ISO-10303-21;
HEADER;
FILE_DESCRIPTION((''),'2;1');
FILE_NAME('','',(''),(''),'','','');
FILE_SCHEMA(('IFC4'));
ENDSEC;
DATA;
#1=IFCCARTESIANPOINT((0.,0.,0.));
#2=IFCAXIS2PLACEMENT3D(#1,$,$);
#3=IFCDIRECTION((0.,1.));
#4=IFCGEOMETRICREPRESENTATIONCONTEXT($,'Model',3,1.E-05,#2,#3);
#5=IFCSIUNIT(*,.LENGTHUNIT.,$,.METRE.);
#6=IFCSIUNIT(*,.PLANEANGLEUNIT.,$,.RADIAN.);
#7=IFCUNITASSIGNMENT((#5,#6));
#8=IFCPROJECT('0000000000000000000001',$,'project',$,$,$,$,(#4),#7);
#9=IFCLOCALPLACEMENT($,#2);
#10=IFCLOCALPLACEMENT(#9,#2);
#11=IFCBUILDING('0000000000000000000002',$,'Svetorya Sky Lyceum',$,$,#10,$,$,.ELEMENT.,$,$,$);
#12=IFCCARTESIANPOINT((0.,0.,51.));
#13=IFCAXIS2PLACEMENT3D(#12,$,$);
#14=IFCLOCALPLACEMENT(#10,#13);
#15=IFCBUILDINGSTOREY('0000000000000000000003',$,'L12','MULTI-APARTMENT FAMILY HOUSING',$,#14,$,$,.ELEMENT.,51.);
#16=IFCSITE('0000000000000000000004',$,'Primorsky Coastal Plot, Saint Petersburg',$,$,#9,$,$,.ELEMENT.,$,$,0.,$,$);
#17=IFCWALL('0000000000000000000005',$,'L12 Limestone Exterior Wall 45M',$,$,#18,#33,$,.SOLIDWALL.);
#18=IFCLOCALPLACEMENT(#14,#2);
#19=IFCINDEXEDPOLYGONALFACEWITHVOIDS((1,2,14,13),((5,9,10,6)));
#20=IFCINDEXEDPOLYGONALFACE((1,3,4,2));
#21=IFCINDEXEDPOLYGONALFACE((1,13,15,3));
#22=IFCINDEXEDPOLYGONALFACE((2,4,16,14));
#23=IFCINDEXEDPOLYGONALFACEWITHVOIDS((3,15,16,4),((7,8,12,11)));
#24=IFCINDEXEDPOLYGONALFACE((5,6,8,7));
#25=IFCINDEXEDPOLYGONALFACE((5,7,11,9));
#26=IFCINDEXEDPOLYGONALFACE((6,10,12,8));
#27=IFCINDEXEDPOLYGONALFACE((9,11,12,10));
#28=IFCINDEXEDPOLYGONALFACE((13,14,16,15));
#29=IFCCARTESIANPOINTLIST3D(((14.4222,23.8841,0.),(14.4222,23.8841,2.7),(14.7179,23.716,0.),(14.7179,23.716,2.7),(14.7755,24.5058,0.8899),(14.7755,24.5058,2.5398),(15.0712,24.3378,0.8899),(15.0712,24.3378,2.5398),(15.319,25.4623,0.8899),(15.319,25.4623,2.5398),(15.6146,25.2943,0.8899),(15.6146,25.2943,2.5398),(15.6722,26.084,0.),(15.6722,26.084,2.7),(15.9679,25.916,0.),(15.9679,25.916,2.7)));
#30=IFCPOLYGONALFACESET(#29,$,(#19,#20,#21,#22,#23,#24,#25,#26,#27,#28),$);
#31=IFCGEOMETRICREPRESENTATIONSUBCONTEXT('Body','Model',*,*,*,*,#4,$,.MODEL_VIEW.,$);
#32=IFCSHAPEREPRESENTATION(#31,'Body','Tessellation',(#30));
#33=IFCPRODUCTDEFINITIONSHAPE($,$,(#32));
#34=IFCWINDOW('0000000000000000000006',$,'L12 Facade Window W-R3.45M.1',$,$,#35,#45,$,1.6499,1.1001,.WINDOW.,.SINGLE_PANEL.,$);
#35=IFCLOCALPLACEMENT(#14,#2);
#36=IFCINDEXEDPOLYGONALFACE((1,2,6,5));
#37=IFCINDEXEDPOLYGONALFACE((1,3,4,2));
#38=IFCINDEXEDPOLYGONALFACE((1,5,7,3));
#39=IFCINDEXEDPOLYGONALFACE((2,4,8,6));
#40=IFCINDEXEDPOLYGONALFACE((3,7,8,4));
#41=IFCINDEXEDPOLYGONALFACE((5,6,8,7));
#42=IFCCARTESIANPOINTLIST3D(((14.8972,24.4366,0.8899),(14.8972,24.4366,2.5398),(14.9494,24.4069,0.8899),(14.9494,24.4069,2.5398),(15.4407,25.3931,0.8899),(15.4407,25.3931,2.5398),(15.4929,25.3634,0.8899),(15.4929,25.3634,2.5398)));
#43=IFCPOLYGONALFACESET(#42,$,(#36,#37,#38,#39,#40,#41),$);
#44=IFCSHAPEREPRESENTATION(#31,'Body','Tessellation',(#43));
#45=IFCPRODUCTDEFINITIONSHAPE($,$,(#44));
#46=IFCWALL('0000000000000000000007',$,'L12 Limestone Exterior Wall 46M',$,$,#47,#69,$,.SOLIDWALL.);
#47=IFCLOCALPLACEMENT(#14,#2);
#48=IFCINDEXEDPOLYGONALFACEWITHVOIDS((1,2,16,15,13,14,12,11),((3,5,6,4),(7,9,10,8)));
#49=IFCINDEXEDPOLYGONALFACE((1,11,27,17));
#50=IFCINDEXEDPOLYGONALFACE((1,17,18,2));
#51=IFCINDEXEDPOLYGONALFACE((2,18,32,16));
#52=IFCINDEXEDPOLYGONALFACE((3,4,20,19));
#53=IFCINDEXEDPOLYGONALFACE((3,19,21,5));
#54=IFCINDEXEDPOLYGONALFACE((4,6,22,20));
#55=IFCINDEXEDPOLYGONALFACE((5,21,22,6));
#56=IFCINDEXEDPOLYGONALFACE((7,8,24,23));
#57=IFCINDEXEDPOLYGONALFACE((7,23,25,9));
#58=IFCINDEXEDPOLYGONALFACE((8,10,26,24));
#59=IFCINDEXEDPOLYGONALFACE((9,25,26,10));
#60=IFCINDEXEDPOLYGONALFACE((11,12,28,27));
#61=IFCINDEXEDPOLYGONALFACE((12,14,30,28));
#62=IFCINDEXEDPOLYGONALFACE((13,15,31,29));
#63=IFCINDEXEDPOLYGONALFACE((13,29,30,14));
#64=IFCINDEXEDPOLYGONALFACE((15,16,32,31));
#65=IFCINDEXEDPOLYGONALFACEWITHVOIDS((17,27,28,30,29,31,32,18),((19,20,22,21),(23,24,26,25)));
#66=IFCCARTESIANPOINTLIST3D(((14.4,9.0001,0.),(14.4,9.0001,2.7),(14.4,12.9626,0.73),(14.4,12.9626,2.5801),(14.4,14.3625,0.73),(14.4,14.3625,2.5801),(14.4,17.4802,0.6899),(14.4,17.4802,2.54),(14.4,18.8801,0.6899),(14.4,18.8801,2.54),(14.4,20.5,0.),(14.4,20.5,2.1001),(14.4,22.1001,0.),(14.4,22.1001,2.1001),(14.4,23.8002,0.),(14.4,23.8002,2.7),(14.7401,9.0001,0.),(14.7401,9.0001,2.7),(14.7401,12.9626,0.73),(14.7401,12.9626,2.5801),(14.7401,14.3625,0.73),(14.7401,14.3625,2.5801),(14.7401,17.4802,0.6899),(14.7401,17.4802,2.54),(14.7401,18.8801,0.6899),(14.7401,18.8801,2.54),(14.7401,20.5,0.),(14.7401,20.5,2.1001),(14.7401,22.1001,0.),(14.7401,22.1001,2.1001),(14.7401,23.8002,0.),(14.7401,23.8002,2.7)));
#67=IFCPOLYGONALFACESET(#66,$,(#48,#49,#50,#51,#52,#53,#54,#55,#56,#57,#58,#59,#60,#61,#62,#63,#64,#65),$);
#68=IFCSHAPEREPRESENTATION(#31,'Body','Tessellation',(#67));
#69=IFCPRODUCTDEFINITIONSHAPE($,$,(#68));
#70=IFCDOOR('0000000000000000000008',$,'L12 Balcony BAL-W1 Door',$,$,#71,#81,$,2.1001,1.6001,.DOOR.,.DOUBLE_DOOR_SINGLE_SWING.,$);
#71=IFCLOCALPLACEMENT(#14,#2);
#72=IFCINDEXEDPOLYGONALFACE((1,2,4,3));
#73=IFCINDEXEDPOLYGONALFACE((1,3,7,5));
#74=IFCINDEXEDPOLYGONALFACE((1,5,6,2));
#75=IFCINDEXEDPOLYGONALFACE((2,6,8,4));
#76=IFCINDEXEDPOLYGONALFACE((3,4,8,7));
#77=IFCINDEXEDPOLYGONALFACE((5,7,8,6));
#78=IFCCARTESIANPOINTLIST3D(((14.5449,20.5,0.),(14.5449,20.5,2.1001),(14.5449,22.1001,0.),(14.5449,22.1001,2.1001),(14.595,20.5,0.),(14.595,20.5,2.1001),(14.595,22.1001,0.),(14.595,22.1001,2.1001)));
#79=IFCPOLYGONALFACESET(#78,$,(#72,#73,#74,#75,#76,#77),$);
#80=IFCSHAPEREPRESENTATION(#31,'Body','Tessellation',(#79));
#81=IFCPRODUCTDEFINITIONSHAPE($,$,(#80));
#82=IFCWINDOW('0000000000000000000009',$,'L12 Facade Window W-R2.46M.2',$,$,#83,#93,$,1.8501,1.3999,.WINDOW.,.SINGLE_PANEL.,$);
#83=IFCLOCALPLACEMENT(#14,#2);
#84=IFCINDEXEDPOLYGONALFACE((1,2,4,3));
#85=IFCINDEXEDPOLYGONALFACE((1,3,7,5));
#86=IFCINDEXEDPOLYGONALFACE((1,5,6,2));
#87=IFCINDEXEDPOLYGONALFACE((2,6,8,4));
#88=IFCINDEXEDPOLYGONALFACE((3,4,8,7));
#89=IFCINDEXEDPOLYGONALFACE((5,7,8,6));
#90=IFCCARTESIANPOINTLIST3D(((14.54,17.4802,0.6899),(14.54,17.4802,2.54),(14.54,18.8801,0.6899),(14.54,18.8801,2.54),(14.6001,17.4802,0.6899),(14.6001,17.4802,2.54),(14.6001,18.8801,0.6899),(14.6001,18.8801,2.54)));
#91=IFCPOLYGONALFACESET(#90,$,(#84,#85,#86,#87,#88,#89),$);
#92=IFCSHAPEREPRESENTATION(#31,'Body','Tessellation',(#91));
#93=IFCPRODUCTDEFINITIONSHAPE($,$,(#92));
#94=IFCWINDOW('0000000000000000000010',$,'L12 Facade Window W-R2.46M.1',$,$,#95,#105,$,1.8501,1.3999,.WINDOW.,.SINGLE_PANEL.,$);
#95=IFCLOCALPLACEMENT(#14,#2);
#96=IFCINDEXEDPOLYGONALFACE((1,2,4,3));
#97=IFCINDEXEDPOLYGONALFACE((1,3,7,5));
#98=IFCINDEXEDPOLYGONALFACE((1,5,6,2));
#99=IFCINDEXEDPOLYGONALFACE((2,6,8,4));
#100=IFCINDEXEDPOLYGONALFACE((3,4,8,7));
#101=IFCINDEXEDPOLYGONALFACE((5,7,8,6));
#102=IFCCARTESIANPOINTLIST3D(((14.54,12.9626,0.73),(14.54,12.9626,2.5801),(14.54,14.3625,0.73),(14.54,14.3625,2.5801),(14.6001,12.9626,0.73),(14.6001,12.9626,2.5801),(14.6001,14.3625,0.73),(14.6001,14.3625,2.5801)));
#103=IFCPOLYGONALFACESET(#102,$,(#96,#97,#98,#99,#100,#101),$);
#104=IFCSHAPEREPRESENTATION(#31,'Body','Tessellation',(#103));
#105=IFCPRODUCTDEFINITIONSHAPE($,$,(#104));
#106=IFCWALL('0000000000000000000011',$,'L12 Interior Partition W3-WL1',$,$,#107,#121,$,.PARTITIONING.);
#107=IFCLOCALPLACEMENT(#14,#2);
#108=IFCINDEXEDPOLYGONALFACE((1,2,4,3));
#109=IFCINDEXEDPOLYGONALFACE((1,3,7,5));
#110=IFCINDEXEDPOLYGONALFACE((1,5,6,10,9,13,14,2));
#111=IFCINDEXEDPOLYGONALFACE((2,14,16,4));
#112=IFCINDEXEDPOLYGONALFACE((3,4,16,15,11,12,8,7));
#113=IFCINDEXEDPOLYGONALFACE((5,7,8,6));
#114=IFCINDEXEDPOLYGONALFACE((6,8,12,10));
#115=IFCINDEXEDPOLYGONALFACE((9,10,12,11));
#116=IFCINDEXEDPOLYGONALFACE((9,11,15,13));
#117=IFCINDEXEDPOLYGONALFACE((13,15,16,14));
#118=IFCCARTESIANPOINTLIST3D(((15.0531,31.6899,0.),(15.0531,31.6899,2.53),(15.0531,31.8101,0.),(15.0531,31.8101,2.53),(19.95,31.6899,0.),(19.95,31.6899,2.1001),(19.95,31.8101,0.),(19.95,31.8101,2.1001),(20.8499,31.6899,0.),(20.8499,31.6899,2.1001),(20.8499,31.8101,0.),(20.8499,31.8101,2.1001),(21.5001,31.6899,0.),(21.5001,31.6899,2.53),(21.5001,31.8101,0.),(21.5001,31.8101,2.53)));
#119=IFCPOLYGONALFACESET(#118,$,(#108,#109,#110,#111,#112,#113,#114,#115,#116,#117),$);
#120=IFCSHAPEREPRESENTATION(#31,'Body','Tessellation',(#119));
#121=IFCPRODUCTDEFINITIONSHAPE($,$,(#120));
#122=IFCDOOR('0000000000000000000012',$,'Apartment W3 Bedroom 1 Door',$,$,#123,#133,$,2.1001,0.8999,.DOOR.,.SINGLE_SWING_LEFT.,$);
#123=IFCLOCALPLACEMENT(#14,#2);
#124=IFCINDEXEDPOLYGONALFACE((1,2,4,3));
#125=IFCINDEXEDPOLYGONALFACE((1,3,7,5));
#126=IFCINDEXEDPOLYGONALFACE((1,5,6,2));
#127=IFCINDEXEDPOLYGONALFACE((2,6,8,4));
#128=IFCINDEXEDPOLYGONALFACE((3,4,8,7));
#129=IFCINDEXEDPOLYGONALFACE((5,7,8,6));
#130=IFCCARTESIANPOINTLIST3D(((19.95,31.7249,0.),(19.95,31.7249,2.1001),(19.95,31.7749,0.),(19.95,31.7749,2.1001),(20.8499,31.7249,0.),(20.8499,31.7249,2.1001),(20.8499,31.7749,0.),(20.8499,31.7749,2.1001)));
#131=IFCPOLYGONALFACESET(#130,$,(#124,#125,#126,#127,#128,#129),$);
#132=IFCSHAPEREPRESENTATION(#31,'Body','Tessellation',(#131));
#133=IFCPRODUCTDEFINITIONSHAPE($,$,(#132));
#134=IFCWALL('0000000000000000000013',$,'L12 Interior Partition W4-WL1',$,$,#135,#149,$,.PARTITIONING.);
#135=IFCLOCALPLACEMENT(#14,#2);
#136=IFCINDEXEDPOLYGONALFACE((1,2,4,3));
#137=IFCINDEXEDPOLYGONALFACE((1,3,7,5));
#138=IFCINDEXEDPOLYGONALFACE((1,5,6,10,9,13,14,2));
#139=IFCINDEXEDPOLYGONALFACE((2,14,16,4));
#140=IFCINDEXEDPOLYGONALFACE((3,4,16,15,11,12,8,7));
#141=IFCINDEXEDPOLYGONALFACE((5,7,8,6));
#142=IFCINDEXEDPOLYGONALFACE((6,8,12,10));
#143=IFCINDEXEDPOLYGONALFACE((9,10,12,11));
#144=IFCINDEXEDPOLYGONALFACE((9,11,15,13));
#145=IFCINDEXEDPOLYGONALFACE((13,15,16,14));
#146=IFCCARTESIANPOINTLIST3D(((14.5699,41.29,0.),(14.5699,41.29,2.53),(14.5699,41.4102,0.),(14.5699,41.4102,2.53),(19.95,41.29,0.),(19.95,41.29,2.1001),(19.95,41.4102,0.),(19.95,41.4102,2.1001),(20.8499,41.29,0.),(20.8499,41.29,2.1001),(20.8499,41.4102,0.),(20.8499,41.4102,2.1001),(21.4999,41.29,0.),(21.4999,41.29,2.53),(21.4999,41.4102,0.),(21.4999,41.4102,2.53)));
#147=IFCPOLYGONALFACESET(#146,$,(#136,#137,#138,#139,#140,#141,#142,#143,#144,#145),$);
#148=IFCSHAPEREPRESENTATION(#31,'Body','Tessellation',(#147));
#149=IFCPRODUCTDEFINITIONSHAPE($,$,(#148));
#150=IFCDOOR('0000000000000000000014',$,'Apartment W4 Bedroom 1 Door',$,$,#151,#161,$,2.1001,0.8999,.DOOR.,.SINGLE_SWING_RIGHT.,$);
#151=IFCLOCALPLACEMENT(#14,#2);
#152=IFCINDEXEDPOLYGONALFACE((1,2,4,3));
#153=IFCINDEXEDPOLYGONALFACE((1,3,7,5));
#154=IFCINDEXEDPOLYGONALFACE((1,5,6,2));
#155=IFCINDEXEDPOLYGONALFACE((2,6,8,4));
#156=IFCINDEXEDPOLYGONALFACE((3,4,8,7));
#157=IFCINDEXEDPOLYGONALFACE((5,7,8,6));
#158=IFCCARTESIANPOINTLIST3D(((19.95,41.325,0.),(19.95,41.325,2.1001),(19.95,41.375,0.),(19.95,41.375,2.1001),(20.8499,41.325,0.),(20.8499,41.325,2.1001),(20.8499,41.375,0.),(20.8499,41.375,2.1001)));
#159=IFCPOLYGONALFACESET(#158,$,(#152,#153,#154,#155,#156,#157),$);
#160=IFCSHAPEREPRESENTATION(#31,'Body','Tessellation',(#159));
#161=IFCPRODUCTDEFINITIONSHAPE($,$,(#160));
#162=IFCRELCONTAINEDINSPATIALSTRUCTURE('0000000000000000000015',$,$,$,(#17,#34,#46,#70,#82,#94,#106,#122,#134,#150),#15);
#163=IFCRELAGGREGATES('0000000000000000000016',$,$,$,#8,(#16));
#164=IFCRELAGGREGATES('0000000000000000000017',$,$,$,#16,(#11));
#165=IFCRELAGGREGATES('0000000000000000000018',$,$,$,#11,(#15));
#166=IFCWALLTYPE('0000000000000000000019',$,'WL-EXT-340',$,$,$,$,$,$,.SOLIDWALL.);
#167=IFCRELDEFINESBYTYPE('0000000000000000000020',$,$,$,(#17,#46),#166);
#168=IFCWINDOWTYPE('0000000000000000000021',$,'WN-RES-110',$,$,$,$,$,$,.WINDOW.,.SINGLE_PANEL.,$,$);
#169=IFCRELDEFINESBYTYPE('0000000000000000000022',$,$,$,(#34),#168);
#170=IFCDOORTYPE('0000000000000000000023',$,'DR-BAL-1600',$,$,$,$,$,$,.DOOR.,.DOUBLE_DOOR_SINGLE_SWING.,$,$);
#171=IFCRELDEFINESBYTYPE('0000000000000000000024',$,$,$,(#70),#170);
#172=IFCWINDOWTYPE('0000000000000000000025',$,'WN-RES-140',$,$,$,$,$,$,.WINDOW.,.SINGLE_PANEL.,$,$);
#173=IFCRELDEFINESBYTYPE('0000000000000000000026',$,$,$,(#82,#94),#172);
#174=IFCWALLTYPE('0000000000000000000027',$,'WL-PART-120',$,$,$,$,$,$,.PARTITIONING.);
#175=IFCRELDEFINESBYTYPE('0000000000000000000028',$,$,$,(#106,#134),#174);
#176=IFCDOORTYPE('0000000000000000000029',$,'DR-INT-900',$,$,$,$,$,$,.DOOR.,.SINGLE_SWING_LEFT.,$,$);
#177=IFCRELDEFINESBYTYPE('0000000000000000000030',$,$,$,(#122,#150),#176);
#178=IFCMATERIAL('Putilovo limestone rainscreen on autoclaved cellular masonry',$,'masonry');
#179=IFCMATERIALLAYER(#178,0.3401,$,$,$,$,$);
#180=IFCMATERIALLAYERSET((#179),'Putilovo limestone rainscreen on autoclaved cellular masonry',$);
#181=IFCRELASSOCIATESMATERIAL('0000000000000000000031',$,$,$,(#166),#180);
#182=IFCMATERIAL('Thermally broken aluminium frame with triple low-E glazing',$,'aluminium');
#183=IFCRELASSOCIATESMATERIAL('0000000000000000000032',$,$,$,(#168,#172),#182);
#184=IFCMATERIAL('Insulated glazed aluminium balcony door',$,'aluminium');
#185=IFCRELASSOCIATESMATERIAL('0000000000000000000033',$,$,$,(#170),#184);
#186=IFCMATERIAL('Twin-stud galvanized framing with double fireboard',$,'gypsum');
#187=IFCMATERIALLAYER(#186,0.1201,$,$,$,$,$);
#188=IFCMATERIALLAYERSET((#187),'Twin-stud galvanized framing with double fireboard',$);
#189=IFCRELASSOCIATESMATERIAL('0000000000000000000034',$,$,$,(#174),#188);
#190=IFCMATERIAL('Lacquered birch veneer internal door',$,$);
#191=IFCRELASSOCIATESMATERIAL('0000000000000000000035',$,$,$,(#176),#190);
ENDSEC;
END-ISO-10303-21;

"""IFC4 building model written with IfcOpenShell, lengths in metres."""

from ifc_helpers import new_model, si_unit, direction, frame, frame_2d, origin, place, context, subcontext, project, spatial, rectangle, extrude, material, layer, layer_set, type_object, element, fill, save


model = new_model("IFC4")

# Units and contexts
model_context = context("Model", 3, precision=1e-05, world=origin(), true_north=direction((0.0, 1.0)))
body_context = subcontext(model_context, "Body", "Model", "MODEL_VIEW")
ifc_project = project(units=[si_unit("LENGTHUNIT", "METRE"), si_unit("PLANEANGLEUNIT", "RADIAN")], contexts=[model_context])

# Site, building, storey
site_placement = place(None, origin())
site = spatial("IfcSite", under=ifc_project, at=site_placement, Name="Primorsky Coastal Plot, Saint Petersburg", CompositionType="ELEMENT", RefElevation=0.0)
building_placement = place(site_placement, origin())
building = spatial("IfcBuilding", under=site, at=building_placement, Name="Svetorya Sky Lyceum", CompositionType="ELEMENT")
storey_placement = place(building_placement, frame((0.0, 0.0, 51.0)))
storey = spatial("IfcBuildingStorey", under=building, at=storey_placement, Name="L12", Description="MULTI-APARTMENT FAMILY HOUSING", CompositionType="ELEMENT", Elevation=51.0)

# Shared definitions
ifc_material_1 = material(Name="Putilovo limestone rainscreen on autoclaved cellular masonry", Category="masonry")
ifc_layer_1 = layer(ifc_material_1, 0.3401)
ifc_layer_set_1 = layer_set([ifc_layer_1], Name="Putilovo limestone rainscreen on autoclaved cellular masonry")
wall_type_1 = type_object("IfcWallType", Name="WL-EXT-340", PredefinedType="SOLIDWALL", material=ifc_layer_set_1)
ifc_material_2 = material(Name="Thermally broken aluminium frame with triple low-E glazing", Category="aluminium")

# Wall, opening, window
wall_1_placement = place(storey_placement, frame((15.8201, 26.0, 0.0), z_axis=(0.0, 0.0, 1.0), x_axis=(-0.494018, -0.869452, 0.0)))
wall_1 = element("IfcWall", 1, at=wall_1_placement, inside=storey, type_object=wall_type_1, Name="L12 Limestone Exterior Wall 45M", PredefinedType="SOLIDWALL", context=body_context, shape_type="SweptSolid", body=[
    extrude(rectangle(XDim=2.5303, YDim=0.3401, at=frame_2d((1.2651, 0.0))), origin(), (0.0, 0.0, 1.0), 2.7),
])
opening_1_placement = place(wall_1_placement, frame((0.7151, 0.0, 0.8899)))
opening_1 = element("IfcOpeningElement", 2, at=opening_1_placement, cuts=wall_1, PredefinedType="OPENING", context=body_context, shape_type="SweptSolid", body=[
    extrude(rectangle(XDim=1.1001, YDim=1.6499, at=frame_2d((0.55, 0.825))), frame((0.0, 0.1799, 0.0), z_axis=(0.0, -1.0, 0.0), x_axis=(1.0, 0.0, 0.0)), (0.0, 0.0, 1.0), 0.3601),
])
window_type_1 = type_object("IfcWindowType", Name="WN-RES-110", PartitioningType="SINGLE_PANEL", PredefinedType="WINDOW", material=ifc_material_2)
window_1_placement = place(opening_1_placement, origin())
window_1 = element("IfcWindow", 3, at=window_1_placement, inside=storey, type_object=window_type_1, Name="L12 Facade Window W-R3.45M.1", OverallHeight=1.6499, OverallWidth=1.1001, PartitioningType="SINGLE_PANEL", PredefinedType="WINDOW", context=body_context, shape_type="SweptSolid", body=[
    extrude(rectangle(XDim=1.1001, YDim=1.6499, at=frame_2d((0.55, 0.825))), frame((0.0, 0.03, 0.0), z_axis=(0.0, -1.0, 0.0), x_axis=(1.0, 0.0, 0.0)), (0.0, 0.0, 1.0), 0.0601),
])
fill(opening_1, window_1)

# Wall, openings, door, windows
wall_2_placement = place(storey_placement, frame((14.5701, 23.8, 0.0), z_axis=(0.0, 0.0, 1.0), x_axis=(0.0, -1.0, 0.0)))
wall_2 = element("IfcWall", 4, at=wall_2_placement, inside=storey, type_object=wall_type_1, Name="L12 Limestone Exterior Wall 46M", PredefinedType="SOLIDWALL", context=body_context, shape_type="SweptSolid", body=[
    extrude(rectangle(XDim=14.8, YDim=0.3401, at=frame_2d((7.3999, 0.0))), origin(), (0.0, 0.0, 1.0), 2.7),
])
opening_2_placement = place(wall_2_placement, frame((1.7, 0.0, 0.0)))
opening_2 = element("IfcOpeningElement", 5, at=opening_2_placement, cuts=wall_2, PredefinedType="OPENING", context=body_context, shape_type="SweptSolid", body=[
    extrude(rectangle(XDim=1.6001, YDim=2.1001, at=frame_2d((0.8, 1.05))), frame((0.0, 0.1799, 0.0), z_axis=(0.0, -1.0, 0.0), x_axis=(1.0, 0.0, 0.0)), (0.0, 0.0, 1.0), 0.3601),
])
opening_3_placement = place(wall_2_placement, frame((4.9199, 0.0, 0.6899)))
opening_3 = element("IfcOpeningElement", 6, at=opening_3_placement, cuts=wall_2, PredefinedType="OPENING", context=body_context, shape_type="SweptSolid", body=[
    extrude(rectangle(XDim=1.3999, YDim=1.8501, at=frame_2d((0.7, 0.925))), frame((0.0, 0.1799, 0.0), z_axis=(0.0, -1.0, 0.0), x_axis=(1.0, 0.0, 0.0)), (0.0, 0.0, 1.0), 0.3601),
])
opening_4_placement = place(wall_2_placement, frame((9.4375, 0.0, 0.73)))
opening_4 = element("IfcOpeningElement", 7, at=opening_4_placement, cuts=wall_2, PredefinedType="OPENING", context=body_context, shape_type="SweptSolid", body=[
    extrude(rectangle(XDim=1.3999, YDim=1.8501, at=frame_2d((0.7, 0.925))), frame((0.0, 0.1799, 0.0), z_axis=(0.0, -1.0, 0.0), x_axis=(1.0, 0.0, 0.0)), (0.0, 0.0, 1.0), 0.3601),
])
ifc_material_3 = material(Name="Insulated glazed aluminium balcony door", Category="aluminium")
door_type_1 = type_object("IfcDoorType", Name="DR-BAL-1600", OperationType="DOUBLE_DOOR_SINGLE_SWING", PredefinedType="DOOR", material=ifc_material_3)
door_1_placement = place(opening_2_placement, origin())
door_1 = element("IfcDoor", 8, at=door_1_placement, inside=storey, type_object=door_type_1, Name="L12 Balcony BAL-W1 Door", OperationType="DOUBLE_DOOR_SINGLE_SWING", OverallHeight=2.1001, OverallWidth=1.6001, PredefinedType="DOOR", context=body_context, shape_type="SweptSolid", body=[
    extrude(rectangle(XDim=1.6001, YDim=2.1001, at=frame_2d((0.8, 1.05))), frame((0.0, 0.0249, 0.0), z_axis=(0.0, -1.0, 0.0), x_axis=(1.0, 0.0, 0.0)), (0.0, 0.0, 1.0), 0.05),
])
fill(opening_2, door_1)
window_type_2 = type_object("IfcWindowType", Name="WN-RES-140", PartitioningType="SINGLE_PANEL", PredefinedType="WINDOW", material=ifc_material_2)
window_2_placement = place(opening_3_placement, origin())
window_2 = element("IfcWindow", 9, at=window_2_placement, inside=storey, type_object=window_type_2, Name="L12 Facade Window W-R2.46M.2", OverallHeight=1.8501, OverallWidth=1.3999, PartitioningType="SINGLE_PANEL", PredefinedType="WINDOW", context=body_context, shape_type="SweptSolid", body=[
    extrude(rectangle(XDim=1.3999, YDim=1.8501, at=frame_2d((0.7, 0.925))), frame((0.0, 0.03, 0.0), z_axis=(0.0, -1.0, 0.0), x_axis=(1.0, 0.0, 0.0)), (0.0, 0.0, 1.0), 0.0601),
])
fill(opening_3, window_2)
window_3_placement = place(opening_4_placement, origin())
window_3 = element("IfcWindow", 10, at=window_3_placement, inside=storey, type_object=window_type_2, Name="L12 Facade Window W-R2.46M.1", OverallHeight=1.8501, OverallWidth=1.3999, PartitioningType="SINGLE_PANEL", PredefinedType="WINDOW", context=body_context, shape_type="SweptSolid", body=[
    extrude(rectangle(XDim=1.3999, YDim=1.8501, at=frame_2d((0.7, 0.925))), frame((0.0, 0.03, 0.0), z_axis=(0.0, -1.0, 0.0), x_axis=(1.0, 0.0, 0.0)), (0.0, 0.0, 1.0), 0.0601),
])
fill(opening_4, window_3)

# Walls, openings, doors
ifc_material_4 = material(Name="Twin-stud galvanized framing with double fireboard", Category="gypsum")
ifc_layer_2 = layer(ifc_material_4, 0.1201)
ifc_layer_set_2 = layer_set([ifc_layer_2], Name="Twin-stud galvanized framing with double fireboard")
wall_type_2 = type_object("IfcWallType", Name="WL-PART-120", PredefinedType="PARTITIONING", material=ifc_layer_set_2)
wall_3_placement = place(storey_placement, frame((15.053, 31.75, 0.0), z_axis=(0.0, 0.0, 1.0), x_axis=(1.0, 0.0, 0.0)))
wall_3 = element("IfcWall", 11, at=wall_3_placement, inside=storey, type_object=wall_type_2, Name="L12 Interior Partition W3-WL1", PredefinedType="PARTITIONING", context=body_context, shape_type="SweptSolid", body=[
    extrude(rectangle(XDim=6.447, YDim=0.1201, at=frame_2d((3.2236, 0.0))), origin(), (0.0, 0.0, 1.0), 2.53),
])
opening_5_placement = place(wall_3_placement, frame((4.897, 0.0, 0.0)))
opening_5 = element("IfcOpeningElement", 12, at=opening_5_placement, cuts=wall_3, PredefinedType="OPENING", context=body_context, shape_type="SweptSolid", body=[
    extrude(rectangle(XDim=0.8999, YDim=2.1001, at=frame_2d((0.45, 1.05))), frame((0.0, 0.0701, 0.0), z_axis=(0.0, -1.0, 0.0), x_axis=(1.0, 0.0, 0.0)), (0.0, 0.0, 1.0), 0.1401),
])
ifc_material_5 = material(Name="Lacquered birch veneer internal door")
door_type_2 = type_object("IfcDoorType", Name="DR-INT-900", OperationType="SINGLE_SWING_LEFT", PredefinedType="DOOR", material=ifc_material_5)
door_2_placement = place(opening_5_placement, origin())
door_2 = element("IfcDoor", 13, at=door_2_placement, inside=storey, type_object=door_type_2, Name="Apartment W3 Bedroom 1 Door", OperationType="SINGLE_SWING_LEFT", OverallHeight=2.1001, OverallWidth=0.8999, PredefinedType="DOOR", context=body_context, shape_type="SweptSolid", body=[
    extrude(rectangle(XDim=0.8999, YDim=2.1001, at=frame_2d((0.45, 1.05))), frame((0.0, 0.0249, 0.0), z_axis=(0.0, -1.0, 0.0), x_axis=(1.0, 0.0, 0.0)), (0.0, 0.0, 1.0), 0.05),
])
fill(opening_5, door_2)
wall_4_placement = place(storey_placement, frame((14.5701, 41.3501, 0.0), z_axis=(0.0, 0.0, 1.0), x_axis=(1.0, 0.0, 0.0)))
wall_4 = element("IfcWall", 14, at=wall_4_placement, inside=storey, type_object=wall_type_2, Name="L12 Interior Partition W4-WL1", PredefinedType="PARTITIONING", context=body_context, shape_type="SweptSolid", body=[
    extrude(rectangle(XDim=6.9299, YDim=0.1201, at=frame_2d((3.4648, 0.0))), origin(), (0.0, 0.0, 1.0), 2.53),
])
opening_6_placement = place(wall_4_placement, frame((5.3799, 0.0, 0.0)))
opening_6 = element("IfcOpeningElement", 15, at=opening_6_placement, cuts=wall_4, PredefinedType="OPENING", context=body_context, shape_type="SweptSolid", body=[
    extrude(rectangle(XDim=0.8999, YDim=2.1001, at=frame_2d((0.45, 1.05))), frame((0.0, 0.0701, 0.0), z_axis=(0.0, -1.0, 0.0), x_axis=(1.0, 0.0, 0.0)), (0.0, 0.0, 1.0), 0.1401),
])
door_3_placement = place(opening_6_placement, origin())
door_3 = element("IfcDoor", 16, at=door_3_placement, inside=storey, type_object=door_type_2, Name="Apartment W4 Bedroom 1 Door", OperationType="SINGLE_SWING_RIGHT", OverallHeight=2.1001, OverallWidth=0.8999, PredefinedType="DOOR", context=body_context, shape_type="SweptSolid", body=[
    extrude(rectangle(XDim=0.8999, YDim=2.1001, at=frame_2d((0.45, 1.05))), frame((0.0, 0.0249, 0.0), z_axis=(0.0, -1.0, 0.0), x_axis=(1.0, 0.0, 0.0)), (0.0, 0.0, 1.0), 0.05),
])
fill(opening_6, door_3)

save(model, "model.ifc")
